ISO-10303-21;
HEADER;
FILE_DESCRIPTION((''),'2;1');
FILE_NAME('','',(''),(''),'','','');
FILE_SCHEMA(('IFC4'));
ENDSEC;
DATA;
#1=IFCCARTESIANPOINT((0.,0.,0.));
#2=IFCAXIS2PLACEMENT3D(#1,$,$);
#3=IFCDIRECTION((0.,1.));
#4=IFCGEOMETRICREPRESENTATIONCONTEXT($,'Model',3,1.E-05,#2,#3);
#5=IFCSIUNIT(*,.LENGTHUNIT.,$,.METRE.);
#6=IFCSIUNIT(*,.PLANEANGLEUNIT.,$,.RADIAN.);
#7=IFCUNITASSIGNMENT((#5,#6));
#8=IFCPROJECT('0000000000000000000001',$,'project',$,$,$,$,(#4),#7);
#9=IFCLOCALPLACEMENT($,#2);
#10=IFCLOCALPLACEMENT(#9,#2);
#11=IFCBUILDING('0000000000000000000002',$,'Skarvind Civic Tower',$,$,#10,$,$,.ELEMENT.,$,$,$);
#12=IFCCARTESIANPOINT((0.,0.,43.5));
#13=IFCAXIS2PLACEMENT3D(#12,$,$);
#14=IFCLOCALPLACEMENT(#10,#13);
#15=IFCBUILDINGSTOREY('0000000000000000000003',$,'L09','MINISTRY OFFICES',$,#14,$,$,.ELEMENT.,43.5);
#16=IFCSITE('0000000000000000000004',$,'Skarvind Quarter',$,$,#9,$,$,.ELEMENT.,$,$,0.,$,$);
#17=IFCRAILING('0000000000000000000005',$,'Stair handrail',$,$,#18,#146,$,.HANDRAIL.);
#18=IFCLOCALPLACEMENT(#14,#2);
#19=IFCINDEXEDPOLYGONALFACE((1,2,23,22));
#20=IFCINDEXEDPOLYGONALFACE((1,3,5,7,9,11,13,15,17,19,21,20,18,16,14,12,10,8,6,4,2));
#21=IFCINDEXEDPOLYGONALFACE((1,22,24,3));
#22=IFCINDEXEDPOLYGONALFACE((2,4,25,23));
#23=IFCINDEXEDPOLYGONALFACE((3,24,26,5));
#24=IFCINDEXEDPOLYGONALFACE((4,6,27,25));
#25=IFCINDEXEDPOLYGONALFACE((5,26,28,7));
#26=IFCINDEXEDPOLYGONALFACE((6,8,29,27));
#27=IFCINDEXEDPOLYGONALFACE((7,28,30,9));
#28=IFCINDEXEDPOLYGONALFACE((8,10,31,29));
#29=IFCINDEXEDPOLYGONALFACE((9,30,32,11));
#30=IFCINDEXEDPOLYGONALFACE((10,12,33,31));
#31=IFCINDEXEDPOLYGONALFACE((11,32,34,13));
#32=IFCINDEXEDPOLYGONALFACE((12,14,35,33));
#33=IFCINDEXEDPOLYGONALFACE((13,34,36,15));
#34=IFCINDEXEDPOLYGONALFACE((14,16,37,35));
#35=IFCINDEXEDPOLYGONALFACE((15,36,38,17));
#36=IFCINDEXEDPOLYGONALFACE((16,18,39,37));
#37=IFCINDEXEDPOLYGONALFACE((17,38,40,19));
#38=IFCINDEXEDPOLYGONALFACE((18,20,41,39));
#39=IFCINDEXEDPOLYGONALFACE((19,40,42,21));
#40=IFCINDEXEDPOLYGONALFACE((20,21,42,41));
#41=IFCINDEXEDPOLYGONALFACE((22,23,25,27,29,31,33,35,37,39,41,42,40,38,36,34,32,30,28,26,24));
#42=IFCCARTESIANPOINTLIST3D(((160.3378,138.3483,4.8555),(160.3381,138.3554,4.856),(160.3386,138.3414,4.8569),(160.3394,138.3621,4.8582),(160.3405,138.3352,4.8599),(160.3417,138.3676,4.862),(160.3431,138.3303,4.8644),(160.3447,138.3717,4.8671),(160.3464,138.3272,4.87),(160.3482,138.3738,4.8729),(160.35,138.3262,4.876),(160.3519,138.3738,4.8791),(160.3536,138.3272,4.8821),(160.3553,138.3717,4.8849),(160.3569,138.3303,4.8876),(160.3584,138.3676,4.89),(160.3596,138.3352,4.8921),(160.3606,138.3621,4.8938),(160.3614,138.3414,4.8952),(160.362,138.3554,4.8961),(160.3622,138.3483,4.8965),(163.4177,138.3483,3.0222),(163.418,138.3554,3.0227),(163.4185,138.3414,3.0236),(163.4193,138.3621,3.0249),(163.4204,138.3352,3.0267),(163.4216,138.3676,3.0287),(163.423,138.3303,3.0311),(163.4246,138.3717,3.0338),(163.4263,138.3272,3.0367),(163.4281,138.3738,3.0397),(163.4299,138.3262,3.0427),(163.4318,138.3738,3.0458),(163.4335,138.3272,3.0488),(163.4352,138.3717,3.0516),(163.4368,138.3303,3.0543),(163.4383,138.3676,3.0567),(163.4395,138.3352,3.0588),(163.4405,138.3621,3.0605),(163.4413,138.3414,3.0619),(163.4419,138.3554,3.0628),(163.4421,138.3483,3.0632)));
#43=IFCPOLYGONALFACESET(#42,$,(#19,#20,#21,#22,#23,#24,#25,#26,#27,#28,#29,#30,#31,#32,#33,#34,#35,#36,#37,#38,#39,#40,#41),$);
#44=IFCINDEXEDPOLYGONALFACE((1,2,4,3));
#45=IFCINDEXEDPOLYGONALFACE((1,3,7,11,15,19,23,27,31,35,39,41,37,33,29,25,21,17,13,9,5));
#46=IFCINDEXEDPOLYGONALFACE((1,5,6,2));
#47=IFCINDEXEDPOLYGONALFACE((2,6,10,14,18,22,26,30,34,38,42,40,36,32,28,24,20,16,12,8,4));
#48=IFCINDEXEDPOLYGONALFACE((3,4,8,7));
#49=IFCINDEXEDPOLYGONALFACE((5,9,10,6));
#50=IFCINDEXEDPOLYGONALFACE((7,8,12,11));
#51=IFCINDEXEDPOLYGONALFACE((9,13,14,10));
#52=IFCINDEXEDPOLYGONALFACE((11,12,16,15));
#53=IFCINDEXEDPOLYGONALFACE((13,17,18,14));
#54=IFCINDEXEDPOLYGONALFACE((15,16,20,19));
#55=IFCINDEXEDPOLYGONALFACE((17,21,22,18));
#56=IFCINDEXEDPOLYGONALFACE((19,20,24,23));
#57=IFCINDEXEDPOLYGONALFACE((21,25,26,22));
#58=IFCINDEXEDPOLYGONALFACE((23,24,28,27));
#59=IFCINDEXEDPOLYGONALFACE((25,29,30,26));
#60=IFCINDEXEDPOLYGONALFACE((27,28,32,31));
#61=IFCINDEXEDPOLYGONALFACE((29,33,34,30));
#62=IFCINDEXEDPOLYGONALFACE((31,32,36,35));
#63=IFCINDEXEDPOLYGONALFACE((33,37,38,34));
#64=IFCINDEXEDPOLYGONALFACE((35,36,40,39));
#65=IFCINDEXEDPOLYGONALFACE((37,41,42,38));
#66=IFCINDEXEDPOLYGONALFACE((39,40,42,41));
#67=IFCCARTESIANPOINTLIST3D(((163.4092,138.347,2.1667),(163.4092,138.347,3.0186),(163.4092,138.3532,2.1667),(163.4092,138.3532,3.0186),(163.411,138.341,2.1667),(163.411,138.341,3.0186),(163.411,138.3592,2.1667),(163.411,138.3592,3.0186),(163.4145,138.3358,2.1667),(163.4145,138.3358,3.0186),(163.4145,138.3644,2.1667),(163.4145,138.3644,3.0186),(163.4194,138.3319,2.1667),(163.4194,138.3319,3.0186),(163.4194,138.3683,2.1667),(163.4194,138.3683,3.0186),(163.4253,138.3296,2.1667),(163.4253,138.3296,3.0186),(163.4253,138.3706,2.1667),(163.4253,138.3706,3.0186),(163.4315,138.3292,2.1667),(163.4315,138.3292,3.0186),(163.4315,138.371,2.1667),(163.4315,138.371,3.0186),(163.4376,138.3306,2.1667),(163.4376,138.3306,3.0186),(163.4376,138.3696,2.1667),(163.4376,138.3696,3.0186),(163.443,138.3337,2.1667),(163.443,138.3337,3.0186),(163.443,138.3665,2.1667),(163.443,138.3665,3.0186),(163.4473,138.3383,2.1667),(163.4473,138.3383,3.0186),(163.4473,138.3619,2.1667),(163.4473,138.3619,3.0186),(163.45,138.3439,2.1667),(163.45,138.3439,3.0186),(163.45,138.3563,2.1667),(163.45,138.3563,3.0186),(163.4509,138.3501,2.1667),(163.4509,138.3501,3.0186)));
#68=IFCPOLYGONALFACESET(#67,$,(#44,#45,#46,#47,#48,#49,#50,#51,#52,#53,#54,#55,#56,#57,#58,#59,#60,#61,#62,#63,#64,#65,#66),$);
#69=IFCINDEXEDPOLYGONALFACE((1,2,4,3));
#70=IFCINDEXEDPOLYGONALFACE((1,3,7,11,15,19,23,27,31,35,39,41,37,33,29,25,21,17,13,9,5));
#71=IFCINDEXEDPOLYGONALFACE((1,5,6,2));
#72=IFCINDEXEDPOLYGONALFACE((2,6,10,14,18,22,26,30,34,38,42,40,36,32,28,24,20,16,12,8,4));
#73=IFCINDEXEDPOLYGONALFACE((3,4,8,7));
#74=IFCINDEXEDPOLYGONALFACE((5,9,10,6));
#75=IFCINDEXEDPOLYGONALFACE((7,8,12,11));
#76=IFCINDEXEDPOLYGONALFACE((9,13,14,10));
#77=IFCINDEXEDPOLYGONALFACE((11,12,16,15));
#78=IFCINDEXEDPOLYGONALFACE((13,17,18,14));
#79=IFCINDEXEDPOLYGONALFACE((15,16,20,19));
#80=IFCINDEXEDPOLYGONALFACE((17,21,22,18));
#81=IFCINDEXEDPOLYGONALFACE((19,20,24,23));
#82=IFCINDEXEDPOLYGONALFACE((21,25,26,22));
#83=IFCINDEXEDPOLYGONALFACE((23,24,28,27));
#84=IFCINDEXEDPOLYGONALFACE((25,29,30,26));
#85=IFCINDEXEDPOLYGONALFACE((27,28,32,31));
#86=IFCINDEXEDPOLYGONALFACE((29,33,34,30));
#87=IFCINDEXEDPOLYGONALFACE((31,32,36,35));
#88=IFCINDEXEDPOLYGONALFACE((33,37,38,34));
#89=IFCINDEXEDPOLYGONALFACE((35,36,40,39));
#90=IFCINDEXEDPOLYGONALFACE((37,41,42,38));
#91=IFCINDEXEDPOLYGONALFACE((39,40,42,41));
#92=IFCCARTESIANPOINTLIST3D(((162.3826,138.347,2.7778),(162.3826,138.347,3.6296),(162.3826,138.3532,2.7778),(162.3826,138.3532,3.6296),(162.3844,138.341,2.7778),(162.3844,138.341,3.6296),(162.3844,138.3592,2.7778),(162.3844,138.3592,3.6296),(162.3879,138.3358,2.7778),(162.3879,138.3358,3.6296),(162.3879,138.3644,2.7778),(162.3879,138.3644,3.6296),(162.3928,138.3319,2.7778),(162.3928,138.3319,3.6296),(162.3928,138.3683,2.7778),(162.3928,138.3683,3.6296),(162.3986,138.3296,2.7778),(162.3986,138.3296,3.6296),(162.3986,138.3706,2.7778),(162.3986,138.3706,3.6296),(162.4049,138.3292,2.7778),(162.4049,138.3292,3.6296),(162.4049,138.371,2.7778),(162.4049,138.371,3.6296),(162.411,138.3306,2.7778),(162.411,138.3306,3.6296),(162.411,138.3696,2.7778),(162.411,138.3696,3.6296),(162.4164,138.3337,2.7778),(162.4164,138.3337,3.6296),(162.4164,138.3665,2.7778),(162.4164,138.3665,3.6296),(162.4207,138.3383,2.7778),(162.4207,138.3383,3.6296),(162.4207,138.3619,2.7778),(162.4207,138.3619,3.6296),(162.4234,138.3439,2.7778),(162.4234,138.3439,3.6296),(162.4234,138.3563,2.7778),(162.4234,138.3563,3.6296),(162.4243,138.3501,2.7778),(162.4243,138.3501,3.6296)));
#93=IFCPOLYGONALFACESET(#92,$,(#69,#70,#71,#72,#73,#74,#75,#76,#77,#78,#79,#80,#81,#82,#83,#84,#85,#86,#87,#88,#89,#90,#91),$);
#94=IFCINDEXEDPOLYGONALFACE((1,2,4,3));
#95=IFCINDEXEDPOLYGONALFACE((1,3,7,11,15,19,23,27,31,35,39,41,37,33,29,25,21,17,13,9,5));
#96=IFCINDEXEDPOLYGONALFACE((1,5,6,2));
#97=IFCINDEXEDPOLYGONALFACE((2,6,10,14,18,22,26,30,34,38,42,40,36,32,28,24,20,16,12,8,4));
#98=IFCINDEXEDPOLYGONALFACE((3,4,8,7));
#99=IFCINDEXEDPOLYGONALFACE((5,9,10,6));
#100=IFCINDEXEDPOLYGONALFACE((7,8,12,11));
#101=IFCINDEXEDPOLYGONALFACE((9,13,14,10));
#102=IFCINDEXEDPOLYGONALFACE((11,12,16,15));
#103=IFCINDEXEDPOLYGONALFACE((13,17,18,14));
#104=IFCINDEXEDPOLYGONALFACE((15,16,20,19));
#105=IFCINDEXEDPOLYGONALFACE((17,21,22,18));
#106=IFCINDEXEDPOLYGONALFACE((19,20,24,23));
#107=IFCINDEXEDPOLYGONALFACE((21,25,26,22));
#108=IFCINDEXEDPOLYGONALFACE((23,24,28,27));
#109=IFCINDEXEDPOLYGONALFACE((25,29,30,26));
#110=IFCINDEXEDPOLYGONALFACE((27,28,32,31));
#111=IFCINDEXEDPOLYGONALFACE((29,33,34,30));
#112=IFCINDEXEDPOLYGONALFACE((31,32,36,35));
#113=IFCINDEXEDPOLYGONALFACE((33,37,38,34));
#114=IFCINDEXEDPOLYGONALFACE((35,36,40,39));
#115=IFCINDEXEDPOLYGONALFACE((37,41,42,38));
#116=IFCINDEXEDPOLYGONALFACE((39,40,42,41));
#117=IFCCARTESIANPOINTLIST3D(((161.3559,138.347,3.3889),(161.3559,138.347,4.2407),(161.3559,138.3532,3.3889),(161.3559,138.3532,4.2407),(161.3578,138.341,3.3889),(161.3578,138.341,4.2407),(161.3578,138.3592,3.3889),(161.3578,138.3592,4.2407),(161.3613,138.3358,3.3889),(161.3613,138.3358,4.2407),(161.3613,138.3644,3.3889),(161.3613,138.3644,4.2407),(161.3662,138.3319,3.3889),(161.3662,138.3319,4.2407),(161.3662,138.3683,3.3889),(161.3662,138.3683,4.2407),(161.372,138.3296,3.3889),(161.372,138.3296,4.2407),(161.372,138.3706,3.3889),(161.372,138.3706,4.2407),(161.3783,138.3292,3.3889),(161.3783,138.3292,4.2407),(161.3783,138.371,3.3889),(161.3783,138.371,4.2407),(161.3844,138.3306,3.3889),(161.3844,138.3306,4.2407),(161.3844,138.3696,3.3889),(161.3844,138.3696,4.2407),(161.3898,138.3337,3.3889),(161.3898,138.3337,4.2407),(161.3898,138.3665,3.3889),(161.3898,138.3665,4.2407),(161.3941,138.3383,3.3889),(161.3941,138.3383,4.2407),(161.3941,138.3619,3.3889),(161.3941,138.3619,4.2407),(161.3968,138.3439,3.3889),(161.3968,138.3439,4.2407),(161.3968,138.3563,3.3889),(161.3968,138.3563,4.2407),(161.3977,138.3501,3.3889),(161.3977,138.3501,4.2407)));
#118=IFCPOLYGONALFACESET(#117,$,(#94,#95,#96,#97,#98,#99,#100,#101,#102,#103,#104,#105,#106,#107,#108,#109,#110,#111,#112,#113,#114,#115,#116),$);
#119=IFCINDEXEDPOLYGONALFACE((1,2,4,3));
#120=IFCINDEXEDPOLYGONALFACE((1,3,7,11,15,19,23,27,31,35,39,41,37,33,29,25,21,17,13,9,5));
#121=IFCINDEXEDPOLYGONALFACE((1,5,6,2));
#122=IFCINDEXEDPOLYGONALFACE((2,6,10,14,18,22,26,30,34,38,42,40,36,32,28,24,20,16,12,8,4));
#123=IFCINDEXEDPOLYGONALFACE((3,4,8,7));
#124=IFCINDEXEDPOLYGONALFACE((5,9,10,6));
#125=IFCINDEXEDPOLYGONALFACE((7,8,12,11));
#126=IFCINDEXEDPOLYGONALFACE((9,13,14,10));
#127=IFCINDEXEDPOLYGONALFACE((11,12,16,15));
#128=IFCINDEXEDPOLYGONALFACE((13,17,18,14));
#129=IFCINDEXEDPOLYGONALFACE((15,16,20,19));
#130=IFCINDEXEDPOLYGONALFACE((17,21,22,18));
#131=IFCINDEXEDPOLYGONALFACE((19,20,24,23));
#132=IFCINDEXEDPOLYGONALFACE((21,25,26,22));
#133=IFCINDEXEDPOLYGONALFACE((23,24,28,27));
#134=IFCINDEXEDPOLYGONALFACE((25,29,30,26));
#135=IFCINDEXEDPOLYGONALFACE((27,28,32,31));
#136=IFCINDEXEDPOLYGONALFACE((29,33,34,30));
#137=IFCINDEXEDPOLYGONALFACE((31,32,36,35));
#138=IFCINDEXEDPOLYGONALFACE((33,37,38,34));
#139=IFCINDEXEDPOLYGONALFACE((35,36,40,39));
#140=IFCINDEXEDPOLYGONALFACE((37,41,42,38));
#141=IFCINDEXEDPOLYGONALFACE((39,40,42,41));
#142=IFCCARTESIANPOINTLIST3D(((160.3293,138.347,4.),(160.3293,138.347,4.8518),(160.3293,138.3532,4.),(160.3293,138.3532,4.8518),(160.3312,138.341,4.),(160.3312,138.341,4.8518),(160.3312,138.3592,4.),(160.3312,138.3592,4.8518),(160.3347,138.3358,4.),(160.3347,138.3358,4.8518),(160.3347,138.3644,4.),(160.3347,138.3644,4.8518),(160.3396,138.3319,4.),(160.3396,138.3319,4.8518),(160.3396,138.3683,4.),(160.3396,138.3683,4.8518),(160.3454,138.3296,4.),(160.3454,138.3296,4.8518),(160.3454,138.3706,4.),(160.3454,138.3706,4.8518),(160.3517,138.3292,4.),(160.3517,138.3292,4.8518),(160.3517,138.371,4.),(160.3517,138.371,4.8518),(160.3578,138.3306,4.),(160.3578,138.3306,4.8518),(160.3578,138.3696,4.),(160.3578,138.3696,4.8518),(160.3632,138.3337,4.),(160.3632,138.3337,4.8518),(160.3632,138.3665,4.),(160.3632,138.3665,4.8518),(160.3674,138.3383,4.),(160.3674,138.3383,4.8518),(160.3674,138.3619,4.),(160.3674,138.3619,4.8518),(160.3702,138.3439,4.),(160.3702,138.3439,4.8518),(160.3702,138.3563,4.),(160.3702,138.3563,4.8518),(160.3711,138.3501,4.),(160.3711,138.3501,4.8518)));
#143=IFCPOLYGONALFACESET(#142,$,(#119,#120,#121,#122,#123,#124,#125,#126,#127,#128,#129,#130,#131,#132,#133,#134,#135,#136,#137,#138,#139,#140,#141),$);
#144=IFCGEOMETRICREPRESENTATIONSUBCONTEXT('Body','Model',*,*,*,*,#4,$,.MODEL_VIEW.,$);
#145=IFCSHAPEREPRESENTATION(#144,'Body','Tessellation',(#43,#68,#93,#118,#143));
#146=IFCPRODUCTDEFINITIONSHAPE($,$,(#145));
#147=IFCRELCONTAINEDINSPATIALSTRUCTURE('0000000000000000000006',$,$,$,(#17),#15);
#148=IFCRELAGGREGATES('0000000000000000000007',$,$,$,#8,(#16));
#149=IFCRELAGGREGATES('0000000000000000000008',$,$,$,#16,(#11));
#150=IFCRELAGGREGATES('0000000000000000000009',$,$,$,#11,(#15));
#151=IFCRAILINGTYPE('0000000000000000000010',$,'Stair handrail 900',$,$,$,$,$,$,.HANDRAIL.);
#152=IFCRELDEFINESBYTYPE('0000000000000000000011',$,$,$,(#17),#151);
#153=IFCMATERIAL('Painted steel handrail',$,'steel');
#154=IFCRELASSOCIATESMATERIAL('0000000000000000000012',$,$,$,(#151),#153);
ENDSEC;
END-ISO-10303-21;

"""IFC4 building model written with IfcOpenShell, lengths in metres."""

from ifc_helpers import new_model, si_unit, direction, frame, origin, origin_2d, place, context, subcontext, project, spatial, circle, extrude, material, type_object, element, save


model = new_model("IFC4")

# Units and contexts
model_context = context("Model", 3, precision=1e-05, world=origin(), true_north=direction((0.0, 1.0)))
body_context = subcontext(model_context, "Body", "Model", "MODEL_VIEW")
ifc_project = project(units=[si_unit("LENGTHUNIT", "METRE"), si_unit("PLANEANGLEUNIT", "RADIAN")], contexts=[model_context])

# Site, building, storey
site_placement = place(None, origin())
site = spatial("IfcSite", under=ifc_project, at=site_placement, Name="Skarvind Quarter", CompositionType="ELEMENT", RefElevation=0.0)
building_placement = place(site_placement, origin())
building = spatial("IfcBuilding", under=site, at=building_placement, Name="Skarvind Civic Tower", CompositionType="ELEMENT")
storey_placement = place(building_placement, frame((0.0, 0.0, 43.5)))
storey = spatial("IfcBuildingStorey", under=building, at=storey_placement, Name="L09", Description="MINISTRY OFFICES", CompositionType="ELEMENT", Elevation=43.5)

# Railing
ifc_material_1 = material(Name="Painted steel handrail", Category="steel")
railing_type = type_object("IfcRailingType", Name="Stair handrail 900", PredefinedType="HANDRAIL", material=ifc_material_1)
railing_1_placement = place(storey_placement, frame((163.4299, 138.3501, 2.1667)))
element("IfcRailing", 1, at=railing_1_placement, inside=storey, type_object=railing_type, Name="Stair handrail", PredefinedType="HANDRAIL", context=body_context, shape_type="SweptSolid", body=[
    extrude(circle(Radius=0.0239, at=origin_2d()), frame((0.0, 0.0, 0.876), z_axis=(-0.859291, 0.0, 0.511487), x_axis=(0.0, -1.0, 0.0)), (0.0, 0.0, 1.0), 3.5842),
    extrude(circle(Radius=0.021, at=origin_2d()), origin(), (0.0, 0.0, 1.0), 0.8518),
    extrude(circle(Radius=0.021, at=origin_2d()), frame((-1.0266, 0.0, 0.6111)), (0.0, 0.0, 1.0), 0.8518),
    extrude(circle(Radius=0.021, at=origin_2d()), frame((-2.0532, 0.0, 1.2222)), (0.0, 0.0, 1.0), 0.8518),
    extrude(circle(Radius=0.021, at=origin_2d()), frame((-3.0798, 0.0, 1.8333)), (0.0, 0.0, 1.0), 0.8518),
])

save(model, "model.ifc")
